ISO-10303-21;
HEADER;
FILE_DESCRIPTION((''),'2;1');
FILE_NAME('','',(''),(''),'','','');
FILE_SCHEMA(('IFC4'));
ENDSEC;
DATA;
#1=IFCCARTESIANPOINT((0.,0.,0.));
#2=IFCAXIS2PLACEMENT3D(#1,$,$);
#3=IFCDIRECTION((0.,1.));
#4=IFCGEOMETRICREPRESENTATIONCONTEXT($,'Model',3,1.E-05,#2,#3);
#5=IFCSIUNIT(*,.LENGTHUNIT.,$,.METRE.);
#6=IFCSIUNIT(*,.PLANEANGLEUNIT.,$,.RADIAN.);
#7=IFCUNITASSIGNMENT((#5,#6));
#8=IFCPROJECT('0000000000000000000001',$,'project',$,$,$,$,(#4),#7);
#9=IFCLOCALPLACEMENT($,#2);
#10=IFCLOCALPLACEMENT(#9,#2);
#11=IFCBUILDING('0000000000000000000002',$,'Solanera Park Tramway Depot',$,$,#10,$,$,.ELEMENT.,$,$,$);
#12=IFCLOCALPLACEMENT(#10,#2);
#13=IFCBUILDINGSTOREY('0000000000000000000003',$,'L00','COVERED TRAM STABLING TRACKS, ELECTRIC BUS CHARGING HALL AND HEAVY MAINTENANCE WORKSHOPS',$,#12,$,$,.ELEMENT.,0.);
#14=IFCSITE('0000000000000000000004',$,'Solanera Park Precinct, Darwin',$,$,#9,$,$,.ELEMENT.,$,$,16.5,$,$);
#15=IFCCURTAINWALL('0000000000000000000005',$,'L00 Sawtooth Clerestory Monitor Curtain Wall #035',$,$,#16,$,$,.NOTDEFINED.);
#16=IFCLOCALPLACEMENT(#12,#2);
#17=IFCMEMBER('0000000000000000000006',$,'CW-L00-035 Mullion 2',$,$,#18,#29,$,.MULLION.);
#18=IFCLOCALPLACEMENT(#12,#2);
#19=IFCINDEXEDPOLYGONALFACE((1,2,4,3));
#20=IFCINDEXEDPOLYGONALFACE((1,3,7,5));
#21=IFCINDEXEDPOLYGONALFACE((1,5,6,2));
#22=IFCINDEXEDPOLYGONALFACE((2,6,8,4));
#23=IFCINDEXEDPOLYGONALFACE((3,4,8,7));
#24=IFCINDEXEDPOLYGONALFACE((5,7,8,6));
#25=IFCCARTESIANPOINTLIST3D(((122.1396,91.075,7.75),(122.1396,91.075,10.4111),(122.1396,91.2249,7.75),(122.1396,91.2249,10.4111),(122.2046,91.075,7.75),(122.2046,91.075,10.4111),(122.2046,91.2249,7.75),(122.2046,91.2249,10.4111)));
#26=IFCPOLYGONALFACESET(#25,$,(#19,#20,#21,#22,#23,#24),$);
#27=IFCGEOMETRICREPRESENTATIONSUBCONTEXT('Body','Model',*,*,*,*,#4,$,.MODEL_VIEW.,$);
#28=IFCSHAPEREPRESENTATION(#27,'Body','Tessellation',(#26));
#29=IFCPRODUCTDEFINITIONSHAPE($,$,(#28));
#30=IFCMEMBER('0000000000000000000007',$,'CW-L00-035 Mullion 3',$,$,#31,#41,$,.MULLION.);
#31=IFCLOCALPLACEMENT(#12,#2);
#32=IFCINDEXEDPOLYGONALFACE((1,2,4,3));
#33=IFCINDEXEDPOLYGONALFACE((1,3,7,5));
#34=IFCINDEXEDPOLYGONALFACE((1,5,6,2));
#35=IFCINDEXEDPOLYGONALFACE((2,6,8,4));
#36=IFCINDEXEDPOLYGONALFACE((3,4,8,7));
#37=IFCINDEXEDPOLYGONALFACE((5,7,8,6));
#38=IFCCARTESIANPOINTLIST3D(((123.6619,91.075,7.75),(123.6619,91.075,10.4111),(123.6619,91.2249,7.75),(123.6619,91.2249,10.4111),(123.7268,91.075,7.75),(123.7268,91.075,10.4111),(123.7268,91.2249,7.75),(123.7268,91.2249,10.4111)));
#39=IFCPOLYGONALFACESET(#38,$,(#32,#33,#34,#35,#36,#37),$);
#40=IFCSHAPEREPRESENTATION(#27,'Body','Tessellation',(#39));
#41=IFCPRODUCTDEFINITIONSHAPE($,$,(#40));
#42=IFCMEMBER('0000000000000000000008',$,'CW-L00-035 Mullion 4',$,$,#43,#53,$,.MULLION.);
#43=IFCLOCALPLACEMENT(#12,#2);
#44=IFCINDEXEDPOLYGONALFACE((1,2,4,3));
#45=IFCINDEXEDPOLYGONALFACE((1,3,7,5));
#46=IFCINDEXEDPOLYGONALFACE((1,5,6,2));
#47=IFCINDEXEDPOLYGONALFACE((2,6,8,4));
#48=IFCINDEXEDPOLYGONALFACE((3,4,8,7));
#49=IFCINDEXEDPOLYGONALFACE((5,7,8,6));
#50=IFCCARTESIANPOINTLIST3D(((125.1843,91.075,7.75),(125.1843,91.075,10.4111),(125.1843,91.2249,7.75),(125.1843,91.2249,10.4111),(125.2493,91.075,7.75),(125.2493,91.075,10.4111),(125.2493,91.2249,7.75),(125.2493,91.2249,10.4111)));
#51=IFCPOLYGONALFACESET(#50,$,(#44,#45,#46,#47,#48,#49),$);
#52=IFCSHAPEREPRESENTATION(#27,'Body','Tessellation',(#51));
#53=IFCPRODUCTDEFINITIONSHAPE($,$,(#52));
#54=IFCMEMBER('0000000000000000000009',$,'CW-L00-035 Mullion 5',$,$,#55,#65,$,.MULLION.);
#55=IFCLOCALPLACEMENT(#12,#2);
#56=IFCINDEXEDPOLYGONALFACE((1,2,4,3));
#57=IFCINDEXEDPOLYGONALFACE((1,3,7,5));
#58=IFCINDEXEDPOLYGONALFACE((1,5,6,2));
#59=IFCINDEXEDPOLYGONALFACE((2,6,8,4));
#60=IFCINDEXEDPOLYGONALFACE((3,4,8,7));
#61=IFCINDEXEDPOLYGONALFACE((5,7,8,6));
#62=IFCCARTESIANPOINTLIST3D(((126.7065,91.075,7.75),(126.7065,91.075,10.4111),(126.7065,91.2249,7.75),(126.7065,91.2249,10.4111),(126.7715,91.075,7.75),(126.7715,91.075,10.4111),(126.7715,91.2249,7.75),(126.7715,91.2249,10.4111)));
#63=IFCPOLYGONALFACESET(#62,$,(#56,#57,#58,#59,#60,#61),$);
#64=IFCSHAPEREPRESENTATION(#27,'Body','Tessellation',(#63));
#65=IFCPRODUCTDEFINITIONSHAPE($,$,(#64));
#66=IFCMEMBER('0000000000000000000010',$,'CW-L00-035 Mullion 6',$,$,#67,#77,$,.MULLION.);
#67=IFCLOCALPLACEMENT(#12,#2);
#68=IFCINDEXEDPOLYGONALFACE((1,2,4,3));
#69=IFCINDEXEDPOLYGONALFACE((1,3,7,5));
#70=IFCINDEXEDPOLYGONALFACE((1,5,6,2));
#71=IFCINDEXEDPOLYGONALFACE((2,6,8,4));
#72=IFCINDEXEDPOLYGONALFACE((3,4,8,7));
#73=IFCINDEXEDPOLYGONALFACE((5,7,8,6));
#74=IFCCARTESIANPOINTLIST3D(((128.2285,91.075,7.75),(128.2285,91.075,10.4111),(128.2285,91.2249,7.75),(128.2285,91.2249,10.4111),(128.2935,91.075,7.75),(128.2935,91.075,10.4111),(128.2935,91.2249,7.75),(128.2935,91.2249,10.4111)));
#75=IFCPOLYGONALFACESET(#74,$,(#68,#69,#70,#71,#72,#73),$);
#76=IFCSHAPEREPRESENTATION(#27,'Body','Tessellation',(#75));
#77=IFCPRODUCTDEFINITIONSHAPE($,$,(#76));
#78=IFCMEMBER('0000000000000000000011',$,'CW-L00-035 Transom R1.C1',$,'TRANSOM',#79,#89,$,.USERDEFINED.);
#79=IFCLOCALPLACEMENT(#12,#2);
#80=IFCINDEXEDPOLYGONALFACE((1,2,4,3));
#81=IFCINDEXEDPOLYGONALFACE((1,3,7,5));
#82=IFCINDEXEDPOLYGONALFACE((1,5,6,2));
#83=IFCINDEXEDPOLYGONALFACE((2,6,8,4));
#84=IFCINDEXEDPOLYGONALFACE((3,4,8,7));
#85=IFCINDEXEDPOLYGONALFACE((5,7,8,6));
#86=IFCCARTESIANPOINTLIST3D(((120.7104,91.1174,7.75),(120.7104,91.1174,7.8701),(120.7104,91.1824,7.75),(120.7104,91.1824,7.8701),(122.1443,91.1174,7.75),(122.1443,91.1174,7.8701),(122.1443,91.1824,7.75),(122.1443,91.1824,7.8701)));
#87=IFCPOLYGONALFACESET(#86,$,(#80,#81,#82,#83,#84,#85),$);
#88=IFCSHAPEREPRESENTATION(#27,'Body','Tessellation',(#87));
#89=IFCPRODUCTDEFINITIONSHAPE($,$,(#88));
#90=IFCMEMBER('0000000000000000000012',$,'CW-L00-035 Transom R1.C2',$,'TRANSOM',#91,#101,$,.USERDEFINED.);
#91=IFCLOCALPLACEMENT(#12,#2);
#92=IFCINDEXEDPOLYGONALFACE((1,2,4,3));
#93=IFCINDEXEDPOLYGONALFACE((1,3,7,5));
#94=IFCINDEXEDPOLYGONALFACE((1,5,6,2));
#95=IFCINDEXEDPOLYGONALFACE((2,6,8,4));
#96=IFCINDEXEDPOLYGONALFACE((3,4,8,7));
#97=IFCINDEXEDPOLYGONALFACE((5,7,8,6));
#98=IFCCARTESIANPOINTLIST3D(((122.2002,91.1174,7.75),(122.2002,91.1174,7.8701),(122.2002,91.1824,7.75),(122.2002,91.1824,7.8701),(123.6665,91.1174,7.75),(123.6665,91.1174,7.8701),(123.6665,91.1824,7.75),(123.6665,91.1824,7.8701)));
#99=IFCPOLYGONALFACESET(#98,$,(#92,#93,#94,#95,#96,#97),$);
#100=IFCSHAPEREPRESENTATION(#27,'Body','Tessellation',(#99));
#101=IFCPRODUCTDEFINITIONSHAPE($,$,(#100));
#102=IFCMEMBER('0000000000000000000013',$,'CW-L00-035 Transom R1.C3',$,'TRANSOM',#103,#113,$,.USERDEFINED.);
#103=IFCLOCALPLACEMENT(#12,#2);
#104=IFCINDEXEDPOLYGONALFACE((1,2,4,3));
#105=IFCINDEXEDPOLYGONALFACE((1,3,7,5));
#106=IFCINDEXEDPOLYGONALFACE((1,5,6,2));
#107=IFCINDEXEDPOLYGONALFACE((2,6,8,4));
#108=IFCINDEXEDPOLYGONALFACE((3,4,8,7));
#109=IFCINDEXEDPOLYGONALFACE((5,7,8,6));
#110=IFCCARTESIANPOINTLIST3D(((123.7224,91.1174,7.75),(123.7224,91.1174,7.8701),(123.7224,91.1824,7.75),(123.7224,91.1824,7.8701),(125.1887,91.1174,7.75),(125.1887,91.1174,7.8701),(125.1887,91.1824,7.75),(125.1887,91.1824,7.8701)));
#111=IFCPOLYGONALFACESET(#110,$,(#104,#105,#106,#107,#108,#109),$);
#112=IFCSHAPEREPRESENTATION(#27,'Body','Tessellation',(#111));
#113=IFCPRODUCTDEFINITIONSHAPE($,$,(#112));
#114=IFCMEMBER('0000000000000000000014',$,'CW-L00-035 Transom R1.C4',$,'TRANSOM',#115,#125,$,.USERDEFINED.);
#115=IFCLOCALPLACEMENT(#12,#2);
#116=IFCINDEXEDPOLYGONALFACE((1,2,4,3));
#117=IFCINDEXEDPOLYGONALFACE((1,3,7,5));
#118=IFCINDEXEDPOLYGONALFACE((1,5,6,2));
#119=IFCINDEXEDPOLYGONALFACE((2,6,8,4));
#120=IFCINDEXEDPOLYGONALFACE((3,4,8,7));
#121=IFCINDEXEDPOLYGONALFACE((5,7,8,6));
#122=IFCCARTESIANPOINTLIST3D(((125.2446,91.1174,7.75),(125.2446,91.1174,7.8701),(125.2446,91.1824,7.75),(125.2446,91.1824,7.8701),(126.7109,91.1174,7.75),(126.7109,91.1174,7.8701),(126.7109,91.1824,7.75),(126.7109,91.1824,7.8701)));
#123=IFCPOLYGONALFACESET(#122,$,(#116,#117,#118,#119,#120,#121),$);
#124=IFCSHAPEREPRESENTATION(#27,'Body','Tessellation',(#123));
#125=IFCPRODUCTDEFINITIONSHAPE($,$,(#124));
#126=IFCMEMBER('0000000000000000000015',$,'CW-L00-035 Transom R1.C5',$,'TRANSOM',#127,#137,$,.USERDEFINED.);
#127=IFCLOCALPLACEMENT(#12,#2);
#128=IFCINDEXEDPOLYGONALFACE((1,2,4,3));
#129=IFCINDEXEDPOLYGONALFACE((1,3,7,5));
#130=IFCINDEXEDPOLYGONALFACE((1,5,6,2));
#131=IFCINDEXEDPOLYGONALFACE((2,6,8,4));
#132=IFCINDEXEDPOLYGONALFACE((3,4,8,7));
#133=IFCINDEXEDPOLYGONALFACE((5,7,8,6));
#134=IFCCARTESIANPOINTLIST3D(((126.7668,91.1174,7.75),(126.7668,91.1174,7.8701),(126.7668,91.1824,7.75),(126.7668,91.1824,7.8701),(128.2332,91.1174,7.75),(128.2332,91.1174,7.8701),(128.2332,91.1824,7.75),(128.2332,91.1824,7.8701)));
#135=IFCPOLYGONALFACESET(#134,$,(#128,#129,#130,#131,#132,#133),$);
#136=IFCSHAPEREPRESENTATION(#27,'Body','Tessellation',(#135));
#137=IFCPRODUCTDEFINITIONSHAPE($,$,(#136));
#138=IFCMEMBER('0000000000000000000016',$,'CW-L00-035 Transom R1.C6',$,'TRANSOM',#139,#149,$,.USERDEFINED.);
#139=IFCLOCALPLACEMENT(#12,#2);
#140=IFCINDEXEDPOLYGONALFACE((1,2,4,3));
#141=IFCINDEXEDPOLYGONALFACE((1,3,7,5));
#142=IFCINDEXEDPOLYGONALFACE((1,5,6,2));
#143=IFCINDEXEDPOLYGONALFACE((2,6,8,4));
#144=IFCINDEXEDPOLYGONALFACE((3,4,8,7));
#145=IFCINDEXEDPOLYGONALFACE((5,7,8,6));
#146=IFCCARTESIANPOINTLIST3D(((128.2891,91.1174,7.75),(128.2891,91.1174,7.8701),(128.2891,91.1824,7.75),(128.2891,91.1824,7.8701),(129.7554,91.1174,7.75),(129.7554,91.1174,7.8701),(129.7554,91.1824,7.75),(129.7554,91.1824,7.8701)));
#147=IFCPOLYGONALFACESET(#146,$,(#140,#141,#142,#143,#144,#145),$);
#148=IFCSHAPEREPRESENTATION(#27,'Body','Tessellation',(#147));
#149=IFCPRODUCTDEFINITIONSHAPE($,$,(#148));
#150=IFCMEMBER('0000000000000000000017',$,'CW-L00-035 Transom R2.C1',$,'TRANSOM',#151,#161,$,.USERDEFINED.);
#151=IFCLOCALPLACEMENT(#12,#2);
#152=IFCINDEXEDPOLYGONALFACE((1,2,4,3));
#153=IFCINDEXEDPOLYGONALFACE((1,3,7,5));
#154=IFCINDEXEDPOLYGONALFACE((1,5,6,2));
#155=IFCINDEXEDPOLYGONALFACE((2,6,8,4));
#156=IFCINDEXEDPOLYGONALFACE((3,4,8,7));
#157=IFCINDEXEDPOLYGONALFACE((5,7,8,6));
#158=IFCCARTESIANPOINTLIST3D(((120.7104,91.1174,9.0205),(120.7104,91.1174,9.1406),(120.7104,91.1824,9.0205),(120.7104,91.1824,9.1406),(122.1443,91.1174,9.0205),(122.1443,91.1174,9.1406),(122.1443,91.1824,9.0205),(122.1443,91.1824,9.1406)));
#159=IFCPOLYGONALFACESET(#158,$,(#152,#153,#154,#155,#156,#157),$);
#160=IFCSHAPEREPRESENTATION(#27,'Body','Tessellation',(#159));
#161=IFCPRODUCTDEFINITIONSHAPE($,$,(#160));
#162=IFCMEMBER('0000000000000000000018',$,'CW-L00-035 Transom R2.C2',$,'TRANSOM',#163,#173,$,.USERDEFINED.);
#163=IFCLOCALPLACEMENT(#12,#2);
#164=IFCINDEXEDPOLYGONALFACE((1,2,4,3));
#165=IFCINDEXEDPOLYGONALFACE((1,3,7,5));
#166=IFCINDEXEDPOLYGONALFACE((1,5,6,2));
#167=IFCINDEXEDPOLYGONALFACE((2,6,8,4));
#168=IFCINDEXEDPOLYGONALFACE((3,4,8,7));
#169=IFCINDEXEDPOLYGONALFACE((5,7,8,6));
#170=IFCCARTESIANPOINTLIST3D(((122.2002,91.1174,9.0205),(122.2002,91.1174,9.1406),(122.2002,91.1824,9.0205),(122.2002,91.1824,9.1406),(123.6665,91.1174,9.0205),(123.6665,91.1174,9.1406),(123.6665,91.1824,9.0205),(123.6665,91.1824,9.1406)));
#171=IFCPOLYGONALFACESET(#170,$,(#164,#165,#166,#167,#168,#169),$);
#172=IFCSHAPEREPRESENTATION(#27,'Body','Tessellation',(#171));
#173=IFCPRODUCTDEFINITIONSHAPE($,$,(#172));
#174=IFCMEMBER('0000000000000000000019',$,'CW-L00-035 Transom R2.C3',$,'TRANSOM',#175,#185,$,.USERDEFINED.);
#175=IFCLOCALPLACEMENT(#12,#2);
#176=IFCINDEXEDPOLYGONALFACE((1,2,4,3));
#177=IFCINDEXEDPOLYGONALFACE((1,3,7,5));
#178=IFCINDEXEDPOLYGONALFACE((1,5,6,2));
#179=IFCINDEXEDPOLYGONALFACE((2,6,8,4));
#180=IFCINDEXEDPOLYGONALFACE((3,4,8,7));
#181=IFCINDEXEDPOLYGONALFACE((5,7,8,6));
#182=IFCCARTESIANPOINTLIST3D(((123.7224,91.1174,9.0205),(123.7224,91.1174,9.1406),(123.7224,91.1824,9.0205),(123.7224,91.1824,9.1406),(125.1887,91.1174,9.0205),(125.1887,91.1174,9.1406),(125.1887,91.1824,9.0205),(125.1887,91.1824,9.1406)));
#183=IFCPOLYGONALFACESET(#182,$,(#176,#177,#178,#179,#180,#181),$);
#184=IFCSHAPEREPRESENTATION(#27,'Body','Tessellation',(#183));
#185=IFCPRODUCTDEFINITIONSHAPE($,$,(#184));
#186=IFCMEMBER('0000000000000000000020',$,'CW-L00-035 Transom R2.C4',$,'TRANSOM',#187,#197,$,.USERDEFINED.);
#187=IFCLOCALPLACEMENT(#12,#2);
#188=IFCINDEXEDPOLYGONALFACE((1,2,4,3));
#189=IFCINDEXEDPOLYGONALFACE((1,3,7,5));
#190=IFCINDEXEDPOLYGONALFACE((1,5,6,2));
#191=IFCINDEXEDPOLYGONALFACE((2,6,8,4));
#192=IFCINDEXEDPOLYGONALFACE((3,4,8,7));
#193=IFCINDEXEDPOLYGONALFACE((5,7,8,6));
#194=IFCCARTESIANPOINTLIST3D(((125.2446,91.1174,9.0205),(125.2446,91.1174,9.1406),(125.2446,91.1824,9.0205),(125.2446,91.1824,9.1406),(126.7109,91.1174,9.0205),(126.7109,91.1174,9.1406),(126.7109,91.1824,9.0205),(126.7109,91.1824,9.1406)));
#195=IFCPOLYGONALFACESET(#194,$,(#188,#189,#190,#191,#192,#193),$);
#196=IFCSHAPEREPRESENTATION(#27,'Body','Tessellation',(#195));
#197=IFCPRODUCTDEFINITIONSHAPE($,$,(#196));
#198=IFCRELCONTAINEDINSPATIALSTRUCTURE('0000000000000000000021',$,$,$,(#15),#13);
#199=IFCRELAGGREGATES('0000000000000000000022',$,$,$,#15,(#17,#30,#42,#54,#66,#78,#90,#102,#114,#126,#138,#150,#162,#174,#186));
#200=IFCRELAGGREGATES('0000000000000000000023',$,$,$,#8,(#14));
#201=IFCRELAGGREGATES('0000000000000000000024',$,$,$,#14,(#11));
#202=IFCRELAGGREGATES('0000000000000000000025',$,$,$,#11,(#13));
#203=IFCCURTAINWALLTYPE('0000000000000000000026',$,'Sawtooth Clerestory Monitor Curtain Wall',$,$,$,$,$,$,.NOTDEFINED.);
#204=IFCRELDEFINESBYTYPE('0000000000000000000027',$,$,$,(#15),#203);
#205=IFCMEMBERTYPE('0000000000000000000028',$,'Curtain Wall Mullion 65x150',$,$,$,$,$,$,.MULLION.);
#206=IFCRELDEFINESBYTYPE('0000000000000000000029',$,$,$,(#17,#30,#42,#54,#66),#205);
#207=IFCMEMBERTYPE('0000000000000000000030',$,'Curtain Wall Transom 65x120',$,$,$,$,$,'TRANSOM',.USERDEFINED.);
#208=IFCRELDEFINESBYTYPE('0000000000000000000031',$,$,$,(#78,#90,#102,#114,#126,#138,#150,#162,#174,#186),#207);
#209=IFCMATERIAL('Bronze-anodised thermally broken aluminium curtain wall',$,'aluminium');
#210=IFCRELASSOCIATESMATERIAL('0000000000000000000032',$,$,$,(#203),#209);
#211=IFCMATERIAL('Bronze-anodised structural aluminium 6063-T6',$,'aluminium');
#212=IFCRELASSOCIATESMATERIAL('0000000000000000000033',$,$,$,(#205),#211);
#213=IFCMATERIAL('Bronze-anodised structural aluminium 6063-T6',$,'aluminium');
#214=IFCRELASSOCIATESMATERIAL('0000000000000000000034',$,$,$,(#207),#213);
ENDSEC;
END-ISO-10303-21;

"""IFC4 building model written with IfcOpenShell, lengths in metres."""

from ifc_helpers import new_model, si_unit, direction, frame, origin, origin_2d, place, context, subcontext, project, spatial, rectangle, extrude, material, material_profile, profile_set, type_object, element, aggregate, save


model = new_model("IFC4")

# Units and contexts
model_context = context("Model", 3, precision=1e-05, world=origin(), true_north=direction((0.0, 1.0)))
body_context = subcontext(model_context, "Body", "Model", "MODEL_VIEW")
ifc_project = project(units=[si_unit("LENGTHUNIT", "METRE"), si_unit("PLANEANGLEUNIT", "RADIAN")], contexts=[model_context])

# Site, building, storey
site_placement = place(None, origin())
site = spatial("IfcSite", under=ifc_project, at=site_placement, Name="Solanera Park Precinct, Darwin", CompositionType="ELEMENT", RefElevation=16.5)
building_placement = place(site_placement, origin())
building = spatial("IfcBuilding", under=site, at=building_placement, Name="Solanera Park Tramway Depot", CompositionType="ELEMENT")
storey_placement = place(building_placement, origin())
storey = spatial("IfcBuildingStorey", under=building, at=storey_placement, Name="L00", Description="COVERED TRAM STABLING TRACKS, ELECTRIC BUS CHARGING HALL AND HEAVY MAINTENANCE WORKSHOPS", CompositionType="ELEMENT", Elevation=0.0)

# Curtain wall, members
ifc_material_1 = material(Name="Bronze-anodised thermally broken aluminium curtain wall", Category="aluminium")
curtain_wall_type = type_object("IfcCurtainWallType", Name="Sawtooth Clerestory Monitor Curtain Wall", PredefinedType="NOTDEFINED", material=ifc_material_1)
curtain_wall_placement = place(storey_placement, origin())
curtain_wall = element("IfcCurtainWall", 1, at=curtain_wall_placement, inside=storey, type_object=curtain_wall_type, Name="L00 Sawtooth Clerestory Monitor Curtain Wall #035", PredefinedType="NOTDEFINED")
ifc_material_2 = material(Name="Bronze-anodised structural aluminium 6063-T6", Category="aluminium")
ifc_material_profile_1 = material_profile(ifc_material_2, rectangle(XDim=0.0649, YDim=0.1499, at=origin_2d()), Name="Curtain Wall Mullion 65x150")
ifc_profile_set_1 = profile_set([ifc_material_profile_1], Name="Bronze-anodised structural aluminium 6063-T6")
member_type_1 = type_object("IfcMemberType", Name="Curtain Wall Mullion 65x150", PredefinedType="MULLION", material=ifc_profile_set_1)
member_1_placement = place(storey_placement, frame((122.1721, 91.1499, 7.75), z_axis=(0.0, 0.0, 1.0), x_axis=(1.0, 0.0, 0.0)))
member_1 = element("IfcMember", 2, at=member_1_placement, type_object=member_type_1, Name="CW-L00-035 Mullion 2", PredefinedType="MULLION", context=body_context, shape_type="SweptSolid", body=[
    extrude(rectangle(XDim=0.0649, YDim=0.1499, at=origin_2d()), origin(), (0.0, 0.0, 1.0), 2.6611),
])
member_2_placement = place(storey_placement, frame((123.6943, 91.1499, 7.75), z_axis=(0.0, 0.0, 1.0), x_axis=(1.0, 0.0, 0.0)))
member_2 = element("IfcMember", 3, at=member_2_placement, type_object=member_type_1, Name="CW-L00-035 Mullion 3", PredefinedType="MULLION", context=body_context, shape_type="SweptSolid", body=[
    extrude(rectangle(XDim=0.0649, YDim=0.1499, at=origin_2d()), origin(), (0.0, 0.0, 1.0), 2.6611),
])
member_3_placement = place(storey_placement, frame((125.2168, 91.1499, 7.75), z_axis=(0.0, 0.0, 1.0), x_axis=(1.0, 0.0, 0.0)))
member_3 = element("IfcMember", 4, at=member_3_placement, type_object=member_type_1, Name="CW-L00-035 Mullion 4", PredefinedType="MULLION", context=body_context, shape_type="SweptSolid", body=[
    extrude(rectangle(XDim=0.0649, YDim=0.1499, at=origin_2d()), origin(), (0.0, 0.0, 1.0), 2.6611),
])
member_4_placement = place(storey_placement, frame((126.739, 91.1499, 7.75), z_axis=(0.0, 0.0, 1.0), x_axis=(1.0, 0.0, 0.0)))
member_4 = element("IfcMember", 5, at=member_4_placement, type_object=member_type_1, Name="CW-L00-035 Mullion 5", PredefinedType="MULLION", context=body_context, shape_type="SweptSolid", body=[
    extrude(rectangle(XDim=0.0649, YDim=0.1499, at=origin_2d()), origin(), (0.0, 0.0, 1.0), 2.6611),
])
member_5_placement = place(storey_placement, frame((128.261, 91.1499, 7.75), z_axis=(0.0, 0.0, 1.0), x_axis=(1.0, 0.0, 0.0)))
member_5 = element("IfcMember", 6, at=member_5_placement, type_object=member_type_1, Name="CW-L00-035 Mullion 6", PredefinedType="MULLION", context=body_context, shape_type="SweptSolid", body=[
    extrude(rectangle(XDim=0.0649, YDim=0.1499, at=origin_2d()), origin(), (0.0, 0.0, 1.0), 2.6611),
])
ifc_material_3 = material(Name="Bronze-anodised structural aluminium 6063-T6", Category="aluminium")
ifc_material_profile_2 = material_profile(ifc_material_3, rectangle(XDim=0.0649, YDim=0.1201, at=origin_2d()), Name="Curtain Wall Transom 65x120")
ifc_profile_set_2 = profile_set([ifc_material_profile_2], Name="Bronze-anodised structural aluminium 6063-T6")
member_type_2 = type_object("IfcMemberType", Name="Curtain Wall Transom 65x120", ElementType="TRANSOM", PredefinedType="USERDEFINED", material=ifc_profile_set_2)
member_6_placement = place(storey_placement, frame((120.7104, 91.1499, 7.8101), z_axis=(1.0, 0.0, 0.0), x_axis=(0.0, 1.0, 0.0)))
member_6 = element("IfcMember", 7, at=member_6_placement, type_object=member_type_2, Name="CW-L00-035 Transom R1.C1", ObjectType="TRANSOM", PredefinedType="USERDEFINED", context=body_context, shape_type="SweptSolid", body=[
    extrude(rectangle(XDim=0.0649, YDim=0.1201, at=origin_2d()), origin(), (0.0, 0.0, 1.0), 1.4338),
])
member_7_placement = place(storey_placement, frame((122.2002, 91.1499, 7.8101), z_axis=(1.0, 0.0, 0.0), x_axis=(0.0, 1.0, 0.0)))
member_7 = element("IfcMember", 8, at=member_7_placement, type_object=member_type_2, Name="CW-L00-035 Transom R1.C2", ObjectType="TRANSOM", PredefinedType="USERDEFINED", context=body_context, shape_type="SweptSolid", body=[
    extrude(rectangle(XDim=0.0649, YDim=0.1201, at=origin_2d()), origin(), (0.0, 0.0, 1.0), 1.4663),
])
member_8_placement = place(storey_placement, frame((123.7224, 91.1499, 7.8101), z_axis=(1.0, 0.0, 0.0), x_axis=(0.0, 1.0, 0.0)))
member_8 = element("IfcMember", 9, at=member_8_placement, type_object=member_type_2, Name="CW-L00-035 Transom R1.C3", ObjectType="TRANSOM", PredefinedType="USERDEFINED", context=body_context, shape_type="SweptSolid", body=[
    extrude(rectangle(XDim=0.0649, YDim=0.1201, at=origin_2d()), origin(), (0.0, 0.0, 1.0), 1.4663),
])
member_9_placement = place(storey_placement, frame((125.2446, 91.1499, 7.8101), z_axis=(1.0, 0.0, 0.0), x_axis=(0.0, 1.0, 0.0)))
member_9 = element("IfcMember", 10, at=member_9_placement, type_object=member_type_2, Name="CW-L00-035 Transom R1.C4", ObjectType="TRANSOM", PredefinedType="USERDEFINED", context=body_context, shape_type="SweptSolid", body=[
    extrude(rectangle(XDim=0.0649, YDim=0.1201, at=origin_2d()), origin(), (0.0, 0.0, 1.0), 1.4663),
])
member_10_placement = place(storey_placement, frame((126.7668, 91.1499, 7.8101), z_axis=(1.0, 0.0, 0.0), x_axis=(0.0, 1.0, 0.0)))
member_10 = element("IfcMember", 11, at=member_10_placement, type_object=member_type_2, Name="CW-L00-035 Transom R1.C5", ObjectType="TRANSOM", PredefinedType="USERDEFINED", context=body_context, shape_type="SweptSolid", body=[
    extrude(rectangle(XDim=0.0649, YDim=0.1201, at=origin_2d()), origin(), (0.0, 0.0, 1.0), 1.4663),
])
member_11_placement = place(storey_placement, frame((128.2891, 91.1499, 7.8101), z_axis=(1.0, 0.0, 0.0), x_axis=(0.0, 1.0, 0.0)))
member_11 = element("IfcMember", 12, at=member_11_placement, type_object=member_type_2, Name="CW-L00-035 Transom R1.C6", ObjectType="TRANSOM", PredefinedType="USERDEFINED", context=body_context, shape_type="SweptSolid", body=[
    extrude(rectangle(XDim=0.0649, YDim=0.1201, at=origin_2d()), origin(), (0.0, 0.0, 1.0), 1.4663),
])
member_12_placement = place(storey_placement, frame((120.7104, 91.1499, 9.0806), z_axis=(1.0, 0.0, 0.0), x_axis=(0.0, 1.0, 0.0)))
member_12 = element("IfcMember", 13, at=member_12_placement, type_object=member_type_2, Name="CW-L00-035 Transom R2.C1", ObjectType="TRANSOM", PredefinedType="USERDEFINED", context=body_context, shape_type="SweptSolid", body=[
    extrude(rectangle(XDim=0.0649, YDim=0.1201, at=origin_2d()), origin(), (0.0, 0.0, 1.0), 1.4338),
])
member_13_placement = place(storey_placement, frame((122.2002, 91.1499, 9.0806), z_axis=(1.0, 0.0, 0.0), x_axis=(0.0, 1.0, 0.0)))
member_13 = element("IfcMember", 14, at=member_13_placement, type_object=member_type_2, Name="CW-L00-035 Transom R2.C2", ObjectType="TRANSOM", PredefinedType="USERDEFINED", context=body_context, shape_type="SweptSolid", body=[
    extrude(rectangle(XDim=0.0649, YDim=0.1201, at=origin_2d()), origin(), (0.0, 0.0, 1.0), 1.4663),
])
member_14_placement = place(storey_placement, frame((123.7224, 91.1499, 9.0806), z_axis=(1.0, 0.0, 0.0), x_axis=(0.0, 1.0, 0.0)))
member_14 = element("IfcMember", 15, at=member_14_placement, type_object=member_type_2, Name="CW-L00-035 Transom R2.C3", ObjectType="TRANSOM", PredefinedType="USERDEFINED", context=body_context, shape_type="SweptSolid", body=[
    extrude(rectangle(XDim=0.0649, YDim=0.1201, at=origin_2d()), origin(), (0.0, 0.0, 1.0), 1.4663),
])
member_15_placement = place(storey_placement, frame((125.2446, 91.1499, 9.0806), z_axis=(1.0, 0.0, 0.0), x_axis=(0.0, 1.0, 0.0)))
member_15 = element("IfcMember", 16, at=member_15_placement, type_object=member_type_2, Name="CW-L00-035 Transom R2.C4", ObjectType="TRANSOM", PredefinedType="USERDEFINED", context=body_context, shape_type="SweptSolid", body=[
    extrude(rectangle(XDim=0.0649, YDim=0.1201, at=origin_2d()), origin(), (0.0, 0.0, 1.0), 1.4663),
])
aggregate(curtain_wall, [member_1, member_2, member_3, member_4, member_5, member_6, member_7, member_8, member_9, member_10, member_11, member_12, member_13, member_14, member_15])

save(model, "model.ifc")
